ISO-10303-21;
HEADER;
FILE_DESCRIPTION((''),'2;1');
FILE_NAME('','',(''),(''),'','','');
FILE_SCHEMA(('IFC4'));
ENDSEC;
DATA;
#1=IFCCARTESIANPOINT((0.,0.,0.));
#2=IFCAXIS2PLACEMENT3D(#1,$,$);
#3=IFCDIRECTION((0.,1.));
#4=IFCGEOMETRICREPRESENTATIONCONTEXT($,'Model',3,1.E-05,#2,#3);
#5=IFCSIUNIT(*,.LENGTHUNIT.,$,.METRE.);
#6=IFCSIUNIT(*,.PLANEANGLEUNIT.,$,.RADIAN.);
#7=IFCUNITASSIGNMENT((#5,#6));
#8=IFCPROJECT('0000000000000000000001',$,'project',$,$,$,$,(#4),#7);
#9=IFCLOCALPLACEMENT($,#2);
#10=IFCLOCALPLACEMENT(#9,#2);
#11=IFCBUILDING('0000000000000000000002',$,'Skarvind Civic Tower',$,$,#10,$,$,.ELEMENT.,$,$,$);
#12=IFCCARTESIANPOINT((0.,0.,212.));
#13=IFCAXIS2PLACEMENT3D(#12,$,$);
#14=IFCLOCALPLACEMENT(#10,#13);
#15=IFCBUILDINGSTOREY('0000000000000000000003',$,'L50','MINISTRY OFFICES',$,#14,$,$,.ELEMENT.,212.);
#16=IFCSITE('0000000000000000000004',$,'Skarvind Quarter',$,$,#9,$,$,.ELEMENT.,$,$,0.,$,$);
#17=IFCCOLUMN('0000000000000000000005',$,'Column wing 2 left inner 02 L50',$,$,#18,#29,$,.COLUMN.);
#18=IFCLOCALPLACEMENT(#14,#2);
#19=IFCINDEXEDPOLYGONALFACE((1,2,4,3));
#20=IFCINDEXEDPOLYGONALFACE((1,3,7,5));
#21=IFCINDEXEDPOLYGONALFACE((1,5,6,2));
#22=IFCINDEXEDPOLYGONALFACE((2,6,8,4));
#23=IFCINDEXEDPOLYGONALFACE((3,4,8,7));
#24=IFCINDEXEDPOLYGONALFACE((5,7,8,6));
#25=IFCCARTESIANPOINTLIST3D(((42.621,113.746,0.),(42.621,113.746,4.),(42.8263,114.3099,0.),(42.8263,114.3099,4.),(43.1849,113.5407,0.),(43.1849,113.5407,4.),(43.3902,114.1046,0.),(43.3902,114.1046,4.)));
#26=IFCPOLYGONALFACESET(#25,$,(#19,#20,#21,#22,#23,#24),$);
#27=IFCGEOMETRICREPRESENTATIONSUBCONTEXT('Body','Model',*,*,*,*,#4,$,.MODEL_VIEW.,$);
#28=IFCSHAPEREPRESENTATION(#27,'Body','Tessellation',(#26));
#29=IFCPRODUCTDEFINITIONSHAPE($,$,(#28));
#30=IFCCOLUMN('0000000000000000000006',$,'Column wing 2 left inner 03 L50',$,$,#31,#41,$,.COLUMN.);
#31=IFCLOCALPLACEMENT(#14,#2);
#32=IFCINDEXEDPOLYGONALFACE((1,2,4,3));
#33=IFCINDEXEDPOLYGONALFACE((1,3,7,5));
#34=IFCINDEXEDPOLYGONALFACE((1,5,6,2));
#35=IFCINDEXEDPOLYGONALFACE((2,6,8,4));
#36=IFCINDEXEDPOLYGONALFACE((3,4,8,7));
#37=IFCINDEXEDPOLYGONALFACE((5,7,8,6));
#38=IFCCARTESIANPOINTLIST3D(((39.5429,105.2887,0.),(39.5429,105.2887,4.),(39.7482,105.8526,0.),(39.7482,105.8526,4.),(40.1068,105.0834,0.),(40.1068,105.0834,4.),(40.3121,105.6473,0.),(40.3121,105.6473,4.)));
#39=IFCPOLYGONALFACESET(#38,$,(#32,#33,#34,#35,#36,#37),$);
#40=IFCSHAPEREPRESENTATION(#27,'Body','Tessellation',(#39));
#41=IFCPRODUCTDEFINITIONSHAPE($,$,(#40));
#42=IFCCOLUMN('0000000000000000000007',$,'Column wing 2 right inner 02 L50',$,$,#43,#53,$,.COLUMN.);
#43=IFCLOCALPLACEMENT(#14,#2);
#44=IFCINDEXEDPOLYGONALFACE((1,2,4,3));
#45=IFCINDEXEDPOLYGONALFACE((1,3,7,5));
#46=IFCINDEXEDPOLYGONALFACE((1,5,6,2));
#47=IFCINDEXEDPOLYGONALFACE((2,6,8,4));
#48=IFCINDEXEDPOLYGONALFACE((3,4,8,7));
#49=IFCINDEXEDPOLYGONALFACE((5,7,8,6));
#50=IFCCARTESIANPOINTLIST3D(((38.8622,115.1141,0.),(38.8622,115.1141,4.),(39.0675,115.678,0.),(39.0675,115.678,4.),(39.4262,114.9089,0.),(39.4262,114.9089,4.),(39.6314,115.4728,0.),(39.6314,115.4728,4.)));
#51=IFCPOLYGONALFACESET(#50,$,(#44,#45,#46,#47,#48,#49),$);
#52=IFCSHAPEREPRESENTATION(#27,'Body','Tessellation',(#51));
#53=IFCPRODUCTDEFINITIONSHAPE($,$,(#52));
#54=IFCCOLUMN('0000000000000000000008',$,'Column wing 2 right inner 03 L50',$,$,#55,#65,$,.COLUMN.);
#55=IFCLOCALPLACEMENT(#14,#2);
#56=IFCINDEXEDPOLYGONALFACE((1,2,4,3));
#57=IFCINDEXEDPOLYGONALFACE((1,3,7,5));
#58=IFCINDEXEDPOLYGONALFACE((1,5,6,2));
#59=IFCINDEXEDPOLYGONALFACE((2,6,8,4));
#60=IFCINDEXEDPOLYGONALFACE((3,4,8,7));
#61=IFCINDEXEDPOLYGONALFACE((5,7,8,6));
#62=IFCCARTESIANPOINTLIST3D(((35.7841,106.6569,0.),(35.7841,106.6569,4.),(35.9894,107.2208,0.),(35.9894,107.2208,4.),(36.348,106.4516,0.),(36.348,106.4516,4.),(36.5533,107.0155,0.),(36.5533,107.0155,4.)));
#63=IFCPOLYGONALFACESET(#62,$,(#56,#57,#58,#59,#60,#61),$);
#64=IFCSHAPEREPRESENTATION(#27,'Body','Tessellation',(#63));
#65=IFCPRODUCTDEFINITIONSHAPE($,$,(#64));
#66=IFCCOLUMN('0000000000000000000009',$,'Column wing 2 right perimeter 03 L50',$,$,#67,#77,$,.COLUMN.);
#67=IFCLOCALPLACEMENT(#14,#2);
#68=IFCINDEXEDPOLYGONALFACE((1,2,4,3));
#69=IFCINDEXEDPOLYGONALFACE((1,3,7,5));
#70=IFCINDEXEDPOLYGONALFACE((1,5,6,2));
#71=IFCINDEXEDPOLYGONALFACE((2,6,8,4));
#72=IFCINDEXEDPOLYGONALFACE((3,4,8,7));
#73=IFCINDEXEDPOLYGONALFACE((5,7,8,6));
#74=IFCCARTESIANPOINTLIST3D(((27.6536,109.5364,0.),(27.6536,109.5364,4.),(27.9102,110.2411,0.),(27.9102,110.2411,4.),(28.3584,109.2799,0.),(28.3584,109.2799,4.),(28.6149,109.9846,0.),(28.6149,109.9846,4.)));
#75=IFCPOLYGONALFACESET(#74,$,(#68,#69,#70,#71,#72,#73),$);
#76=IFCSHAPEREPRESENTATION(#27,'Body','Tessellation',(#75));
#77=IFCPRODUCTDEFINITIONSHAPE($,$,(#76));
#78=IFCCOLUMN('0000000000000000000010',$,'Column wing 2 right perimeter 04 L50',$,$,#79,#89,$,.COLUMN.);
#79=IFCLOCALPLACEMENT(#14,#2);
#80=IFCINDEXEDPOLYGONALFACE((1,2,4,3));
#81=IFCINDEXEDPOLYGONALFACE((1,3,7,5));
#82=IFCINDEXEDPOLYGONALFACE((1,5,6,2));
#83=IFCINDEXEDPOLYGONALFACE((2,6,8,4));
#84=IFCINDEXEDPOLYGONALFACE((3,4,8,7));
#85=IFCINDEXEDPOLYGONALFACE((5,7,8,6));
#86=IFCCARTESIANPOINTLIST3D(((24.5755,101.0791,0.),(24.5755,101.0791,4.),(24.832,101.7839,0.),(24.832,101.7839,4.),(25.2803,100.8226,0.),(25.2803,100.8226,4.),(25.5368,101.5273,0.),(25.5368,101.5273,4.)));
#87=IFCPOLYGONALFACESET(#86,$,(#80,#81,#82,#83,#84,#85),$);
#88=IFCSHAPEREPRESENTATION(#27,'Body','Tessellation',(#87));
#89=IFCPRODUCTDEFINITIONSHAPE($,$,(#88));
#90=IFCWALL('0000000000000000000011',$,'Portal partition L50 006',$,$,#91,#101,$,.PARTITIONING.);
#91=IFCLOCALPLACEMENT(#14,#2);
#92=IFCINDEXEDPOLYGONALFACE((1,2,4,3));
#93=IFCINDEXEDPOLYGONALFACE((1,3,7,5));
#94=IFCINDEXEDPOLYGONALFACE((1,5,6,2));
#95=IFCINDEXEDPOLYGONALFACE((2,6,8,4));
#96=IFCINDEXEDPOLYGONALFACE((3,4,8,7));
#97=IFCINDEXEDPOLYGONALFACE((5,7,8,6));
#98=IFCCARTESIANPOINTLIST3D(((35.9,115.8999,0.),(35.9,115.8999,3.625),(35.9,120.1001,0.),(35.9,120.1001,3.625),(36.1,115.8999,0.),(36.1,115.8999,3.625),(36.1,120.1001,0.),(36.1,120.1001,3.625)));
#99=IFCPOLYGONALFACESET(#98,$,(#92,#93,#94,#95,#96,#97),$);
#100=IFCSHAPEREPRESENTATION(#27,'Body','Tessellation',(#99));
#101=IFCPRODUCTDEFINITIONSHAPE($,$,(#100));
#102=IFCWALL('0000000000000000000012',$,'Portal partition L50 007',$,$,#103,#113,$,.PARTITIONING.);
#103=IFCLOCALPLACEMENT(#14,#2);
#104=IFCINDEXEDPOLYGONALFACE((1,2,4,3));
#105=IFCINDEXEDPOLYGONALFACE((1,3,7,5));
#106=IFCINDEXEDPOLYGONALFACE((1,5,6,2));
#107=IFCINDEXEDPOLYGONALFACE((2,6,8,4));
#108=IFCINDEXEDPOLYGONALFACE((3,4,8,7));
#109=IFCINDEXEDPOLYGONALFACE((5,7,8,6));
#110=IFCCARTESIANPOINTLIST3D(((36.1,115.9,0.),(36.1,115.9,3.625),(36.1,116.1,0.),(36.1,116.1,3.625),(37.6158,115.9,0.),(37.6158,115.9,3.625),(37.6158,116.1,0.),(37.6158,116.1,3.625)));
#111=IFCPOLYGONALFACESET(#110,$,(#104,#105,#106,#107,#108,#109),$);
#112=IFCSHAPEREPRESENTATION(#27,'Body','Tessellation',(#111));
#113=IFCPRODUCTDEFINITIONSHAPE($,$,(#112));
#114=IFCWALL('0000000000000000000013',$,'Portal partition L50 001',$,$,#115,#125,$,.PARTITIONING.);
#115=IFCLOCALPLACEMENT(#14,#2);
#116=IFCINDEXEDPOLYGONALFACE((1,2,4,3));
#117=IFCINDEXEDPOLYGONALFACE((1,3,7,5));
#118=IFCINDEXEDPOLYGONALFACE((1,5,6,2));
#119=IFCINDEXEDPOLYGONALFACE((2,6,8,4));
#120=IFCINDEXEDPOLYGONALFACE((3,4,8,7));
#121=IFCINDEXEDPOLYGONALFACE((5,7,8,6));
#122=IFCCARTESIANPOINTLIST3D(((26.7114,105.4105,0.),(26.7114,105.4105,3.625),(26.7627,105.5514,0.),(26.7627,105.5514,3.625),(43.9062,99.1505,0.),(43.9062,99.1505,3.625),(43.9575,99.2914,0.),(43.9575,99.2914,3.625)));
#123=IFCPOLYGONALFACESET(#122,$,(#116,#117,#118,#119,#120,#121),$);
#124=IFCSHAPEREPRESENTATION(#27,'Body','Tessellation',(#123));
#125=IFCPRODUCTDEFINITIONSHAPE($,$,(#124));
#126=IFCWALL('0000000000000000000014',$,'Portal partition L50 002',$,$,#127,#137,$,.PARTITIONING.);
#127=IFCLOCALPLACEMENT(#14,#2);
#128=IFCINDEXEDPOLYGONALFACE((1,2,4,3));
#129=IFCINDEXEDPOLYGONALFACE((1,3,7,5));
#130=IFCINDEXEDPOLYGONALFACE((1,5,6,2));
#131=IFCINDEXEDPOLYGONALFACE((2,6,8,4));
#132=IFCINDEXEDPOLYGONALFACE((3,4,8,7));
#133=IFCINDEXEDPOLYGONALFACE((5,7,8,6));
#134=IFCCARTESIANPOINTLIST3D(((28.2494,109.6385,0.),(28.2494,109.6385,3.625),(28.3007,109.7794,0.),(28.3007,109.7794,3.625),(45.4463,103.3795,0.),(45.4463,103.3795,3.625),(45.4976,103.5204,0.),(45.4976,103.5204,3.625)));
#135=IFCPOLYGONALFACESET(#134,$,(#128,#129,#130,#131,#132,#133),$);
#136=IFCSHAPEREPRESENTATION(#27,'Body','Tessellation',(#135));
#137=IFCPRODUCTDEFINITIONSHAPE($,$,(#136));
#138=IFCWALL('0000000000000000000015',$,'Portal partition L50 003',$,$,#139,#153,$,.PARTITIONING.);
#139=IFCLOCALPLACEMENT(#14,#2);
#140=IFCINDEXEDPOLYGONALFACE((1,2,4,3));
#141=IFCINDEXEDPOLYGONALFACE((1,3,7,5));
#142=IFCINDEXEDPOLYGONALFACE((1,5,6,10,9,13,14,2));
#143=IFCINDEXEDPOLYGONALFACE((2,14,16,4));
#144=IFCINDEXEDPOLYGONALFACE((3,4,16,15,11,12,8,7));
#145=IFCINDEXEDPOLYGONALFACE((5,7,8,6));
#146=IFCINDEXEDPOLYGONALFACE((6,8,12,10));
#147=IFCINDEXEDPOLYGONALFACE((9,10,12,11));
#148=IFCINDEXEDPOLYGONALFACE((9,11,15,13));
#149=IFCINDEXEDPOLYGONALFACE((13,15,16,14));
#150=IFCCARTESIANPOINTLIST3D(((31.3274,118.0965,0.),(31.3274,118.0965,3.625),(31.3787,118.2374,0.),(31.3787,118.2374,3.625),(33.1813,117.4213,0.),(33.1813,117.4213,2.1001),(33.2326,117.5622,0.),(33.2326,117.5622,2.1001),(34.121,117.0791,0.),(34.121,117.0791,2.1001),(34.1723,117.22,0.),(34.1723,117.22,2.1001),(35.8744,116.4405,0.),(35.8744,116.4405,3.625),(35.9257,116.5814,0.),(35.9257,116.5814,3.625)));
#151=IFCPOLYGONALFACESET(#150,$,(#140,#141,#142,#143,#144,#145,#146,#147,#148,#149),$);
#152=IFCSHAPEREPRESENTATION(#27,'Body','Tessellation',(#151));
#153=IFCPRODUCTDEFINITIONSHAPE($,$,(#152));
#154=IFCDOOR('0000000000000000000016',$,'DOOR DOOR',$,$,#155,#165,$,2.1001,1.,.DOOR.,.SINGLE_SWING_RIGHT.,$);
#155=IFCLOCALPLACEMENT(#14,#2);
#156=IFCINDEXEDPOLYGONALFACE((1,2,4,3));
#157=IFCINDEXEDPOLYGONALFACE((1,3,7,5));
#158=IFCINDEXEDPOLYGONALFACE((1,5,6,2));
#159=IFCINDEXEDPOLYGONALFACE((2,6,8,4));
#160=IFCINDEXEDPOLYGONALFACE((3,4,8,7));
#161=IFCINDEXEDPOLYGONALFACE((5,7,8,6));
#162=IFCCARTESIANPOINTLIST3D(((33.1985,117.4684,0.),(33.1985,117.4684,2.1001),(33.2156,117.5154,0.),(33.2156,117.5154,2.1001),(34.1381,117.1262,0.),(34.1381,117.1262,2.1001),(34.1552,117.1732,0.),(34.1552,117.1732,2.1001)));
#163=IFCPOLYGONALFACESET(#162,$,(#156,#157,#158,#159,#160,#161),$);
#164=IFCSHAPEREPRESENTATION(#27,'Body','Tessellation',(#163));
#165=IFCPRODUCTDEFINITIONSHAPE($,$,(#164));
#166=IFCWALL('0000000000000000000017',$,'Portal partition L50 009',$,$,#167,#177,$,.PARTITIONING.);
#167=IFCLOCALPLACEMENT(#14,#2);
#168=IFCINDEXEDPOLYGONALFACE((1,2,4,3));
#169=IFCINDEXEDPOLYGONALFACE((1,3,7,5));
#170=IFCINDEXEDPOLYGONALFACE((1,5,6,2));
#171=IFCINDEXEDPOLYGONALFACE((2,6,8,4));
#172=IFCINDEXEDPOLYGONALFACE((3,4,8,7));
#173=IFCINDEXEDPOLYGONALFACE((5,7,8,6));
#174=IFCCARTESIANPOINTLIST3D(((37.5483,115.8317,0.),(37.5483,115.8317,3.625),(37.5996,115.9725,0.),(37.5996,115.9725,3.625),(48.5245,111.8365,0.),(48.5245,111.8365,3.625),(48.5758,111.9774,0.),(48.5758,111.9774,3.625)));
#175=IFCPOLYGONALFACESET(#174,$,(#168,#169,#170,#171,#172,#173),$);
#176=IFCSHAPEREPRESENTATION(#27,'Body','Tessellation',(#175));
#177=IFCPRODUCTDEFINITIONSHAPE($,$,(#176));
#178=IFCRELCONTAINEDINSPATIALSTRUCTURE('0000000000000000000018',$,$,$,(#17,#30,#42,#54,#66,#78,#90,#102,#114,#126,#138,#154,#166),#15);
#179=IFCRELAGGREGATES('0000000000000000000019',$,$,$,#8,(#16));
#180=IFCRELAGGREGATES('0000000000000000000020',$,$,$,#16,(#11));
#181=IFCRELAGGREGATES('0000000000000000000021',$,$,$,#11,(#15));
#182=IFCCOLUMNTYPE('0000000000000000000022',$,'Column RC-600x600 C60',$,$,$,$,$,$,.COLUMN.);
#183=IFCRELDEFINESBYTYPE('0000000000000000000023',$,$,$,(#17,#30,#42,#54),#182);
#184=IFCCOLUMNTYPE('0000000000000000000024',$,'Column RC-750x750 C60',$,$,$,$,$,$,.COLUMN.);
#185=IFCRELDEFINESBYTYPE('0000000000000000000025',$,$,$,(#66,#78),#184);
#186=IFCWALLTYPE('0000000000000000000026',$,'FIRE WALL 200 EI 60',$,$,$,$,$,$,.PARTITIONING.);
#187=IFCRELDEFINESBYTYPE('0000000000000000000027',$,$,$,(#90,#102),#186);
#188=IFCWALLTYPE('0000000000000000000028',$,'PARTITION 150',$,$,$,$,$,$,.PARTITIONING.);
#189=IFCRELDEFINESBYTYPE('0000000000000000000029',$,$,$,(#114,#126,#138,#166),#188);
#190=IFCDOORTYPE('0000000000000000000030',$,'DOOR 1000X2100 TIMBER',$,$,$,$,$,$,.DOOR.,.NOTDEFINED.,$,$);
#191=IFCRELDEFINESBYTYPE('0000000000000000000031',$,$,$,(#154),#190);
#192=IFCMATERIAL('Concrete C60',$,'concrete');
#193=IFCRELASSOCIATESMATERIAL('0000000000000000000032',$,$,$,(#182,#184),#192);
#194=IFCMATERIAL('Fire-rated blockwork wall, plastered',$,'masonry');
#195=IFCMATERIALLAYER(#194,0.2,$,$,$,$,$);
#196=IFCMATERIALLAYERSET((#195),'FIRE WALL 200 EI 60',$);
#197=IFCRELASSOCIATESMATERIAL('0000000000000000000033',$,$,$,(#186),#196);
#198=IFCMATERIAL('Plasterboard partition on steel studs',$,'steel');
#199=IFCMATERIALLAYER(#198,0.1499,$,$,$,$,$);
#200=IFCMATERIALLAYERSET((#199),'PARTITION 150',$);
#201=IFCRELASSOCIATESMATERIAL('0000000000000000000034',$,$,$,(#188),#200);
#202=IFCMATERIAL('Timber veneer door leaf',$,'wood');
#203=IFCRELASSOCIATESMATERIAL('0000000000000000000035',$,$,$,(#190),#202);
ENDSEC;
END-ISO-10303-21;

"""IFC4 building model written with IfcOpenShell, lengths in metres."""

from ifc_helpers import new_model, si_unit, direction, frame, frame_2d, origin, origin_2d, place, context, subcontext, project, spatial, rectangle, extrude, material, layer, layer_set, material_profile, profile_set, type_object, element, fill, save


model = new_model("IFC4")

# Units and contexts
model_context = context("Model", 3, precision=1e-05, world=origin(), true_north=direction((0.0, 1.0)))
body_context = subcontext(model_context, "Body", "Model", "MODEL_VIEW")
ifc_project = project(units=[si_unit("LENGTHUNIT", "METRE"), si_unit("PLANEANGLEUNIT", "RADIAN")], contexts=[model_context])

# Site, building, storey
site_placement = place(None, origin())
site = spatial("IfcSite", under=ifc_project, at=site_placement, Name="Skarvind Quarter", CompositionType="ELEMENT", RefElevation=0.0)
building_placement = place(site_placement, origin())
building = spatial("IfcBuilding", under=site, at=building_placement, Name="Skarvind Civic Tower", CompositionType="ELEMENT")
storey_placement = place(building_placement, frame((0.0, 0.0, 212.0)))
storey = spatial("IfcBuildingStorey", under=building, at=storey_placement, Name="L50", Description="MINISTRY OFFICES", CompositionType="ELEMENT", Elevation=212.0)

# Columns
ifc_material_1 = material(Name="Concrete C60", Category="concrete")
ifc_material_profile_1 = material_profile(ifc_material_1, rectangle(XDim=0.6001, YDim=0.6001, at=origin_2d()), Name="RC-600x600")
ifc_profile_set_1 = profile_set([ifc_material_profile_1], Name="Concrete C60")
column_type_1 = type_object("IfcColumnType", Name="Column RC-600x600 C60", PredefinedType="COLUMN", material=ifc_profile_set_1)
for number, where, z_axis, x_axis, name in (
    (1, (43.0056, 113.9253, 0.0), (0.0, 0.0, 1.0), (-0.34202, -0.939693, 0.0), "Column wing 2 left inner 02 L50"),
    (2, (39.9275, 105.468, 0.0), (0.0, 0.0, 1.0), (-0.34202, -0.939693, 0.0), "Column wing 2 left inner 03 L50"),
    (3, (39.2468, 115.2935, 0.0), (0.0, 0.0, 1.0), (-0.34202, -0.939693, 0.0), "Column wing 2 right inner 02 L50"),
    (4, (36.1687, 106.8362, 0.0), (0.0, 0.0, 1.0), (-0.34202, -0.939693, 0.0), "Column wing 2 right inner 03 L50"),
):
    element("IfcColumn", number, at=place(storey_placement, frame(where, z_axis=z_axis, x_axis=x_axis)), inside=storey, type_object=column_type_1, Name=name, PredefinedType="COLUMN", context=body_context, shape_type="SweptSolid", body=[
        extrude(rectangle(XDim=0.6001, YDim=0.6001, at=origin_2d()), origin(), (0.0, 0.0, 1.0), 4.0),
    ])
ifc_material_profile_2 = material_profile(ifc_material_1, rectangle(XDim=0.75, YDim=0.75, at=origin_2d()), Name="RC-750x750")
ifc_profile_set_2 = profile_set([ifc_material_profile_2], Name="Concrete C60")
column_type_2 = type_object("IfcColumnType", Name="Column RC-750x750 C60", PredefinedType="COLUMN", material=ifc_profile_set_2)
for number, where, z_axis, x_axis, name in (
    (5, (28.1343, 109.7605, 0.0), (0.0, 0.0, 1.0), (-0.34202, -0.939693, 0.0), "Column wing 2 right perimeter 03 L50"),
    (6, (25.0562, 101.3032, 0.0), (0.0, 0.0, 1.0), (-0.34202, -0.939693, 0.0), "Column wing 2 right perimeter 04 L50"),
):
    element("IfcColumn", number, at=place(storey_placement, frame(where, z_axis=z_axis, x_axis=x_axis)), inside=storey, type_object=column_type_2, Name=name, PredefinedType="COLUMN", context=body_context, shape_type="SweptSolid", body=[
        extrude(rectangle(XDim=0.75, YDim=0.75, at=origin_2d()), origin(), (0.0, 0.0, 1.0), 4.0),
    ])

# Walls
ifc_material_2 = material(Name="Fire-rated blockwork wall, plastered", Category="masonry")
ifc_layer_1 = layer(ifc_material_2, 0.2)
ifc_layer_set_1 = layer_set([ifc_layer_1], Name="FIRE WALL 200 EI 60")
wall_type_1 = type_object("IfcWallType", Name="FIRE WALL 200 EI 60", PredefinedType="PARTITIONING", material=ifc_layer_set_1)
wall_1_placement = place(storey_placement, frame((36.0, 115.8999, 0.0), z_axis=(0.0, 0.0, 1.0), x_axis=(0.0, 1.0, 0.0)))
element("IfcWall", 7, at=wall_1_placement, inside=storey, type_object=wall_type_1, Name="Portal partition L50 006", PredefinedType="PARTITIONING", context=body_context, shape_type="SweptSolid", body=[
    extrude(rectangle(XDim=4.2002, YDim=0.2, at=frame_2d((2.1001, 0.0))), origin(), (0.0, 0.0, 1.0), 3.625),
])
wall_2_placement = place(storey_placement, frame((36.1001, 116.0, 0.0), z_axis=(0.0, 0.0, 1.0), x_axis=(1.0, 0.0, 0.0)))
element("IfcWall", 8, at=wall_2_placement, inside=storey, type_object=wall_type_1, Name="Portal partition L50 007", PredefinedType="PARTITIONING", context=body_context, shape_type="SweptSolid", body=[
    extrude(rectangle(XDim=1.5159, YDim=0.2, at=frame_2d((0.7578, 0.0))), origin(), (0.0, 0.0, 1.0), 3.625),
])
ifc_material_3 = material(Name="Plasterboard partition on steel studs", Category="steel")
ifc_layer_2 = layer(ifc_material_3, 0.1499)
ifc_layer_set_2 = layer_set([ifc_layer_2], Name="PARTITION 150")
wall_type_2 = type_object("IfcWallType", Name="PARTITION 150", PredefinedType="PARTITIONING", material=ifc_layer_set_2)
wall_3_placement = place(storey_placement, frame((26.7371, 105.481, 0.0), z_axis=(0.0, 0.0, 1.0), x_axis=(0.939664, -0.342098, 0.0)))
element("IfcWall", 9, at=wall_3_placement, inside=storey, type_object=wall_type_2, Name="Portal partition L50 001", PredefinedType="PARTITIONING", context=body_context, shape_type="SweptSolid", body=[
    extrude(rectangle(XDim=18.2988, YDim=0.1499, at=frame_2d((9.1494, 0.0))), origin(), (0.0, 0.0, 1.0), 3.625),
])
wall_4_placement = place(storey_placement, frame((28.2749, 109.709, 0.0), z_axis=(0.0, 0.0, 1.0), x_axis=(0.939696, -0.342012, 0.0)))
element("IfcWall", 10, at=wall_4_placement, inside=storey, type_object=wall_type_2, Name="Portal partition L50 002", PredefinedType="PARTITIONING", context=body_context, shape_type="SweptSolid", body=[
    extrude(rectangle(XDim=18.3005, YDim=0.1499, at=frame_2d((9.1504, 0.0))), origin(), (0.0, 0.0, 1.0), 3.625),
])

# Wall, opening, door
wall_5_placement = place(storey_placement, frame((35.8999, 116.511, 0.0), z_axis=(0.0, 0.0, 1.0), x_axis=(-0.939621, 0.342217, 0.0)))
wall_5 = element("IfcWall", 11, at=wall_5_placement, inside=storey, type_object=wall_type_2, Name="Portal partition L50 003", PredefinedType="PARTITIONING", context=body_context, shape_type="SweptSolid", body=[
    extrude(rectangle(XDim=4.8391, YDim=0.1499, at=frame_2d((2.4194, 0.0))), origin(), (0.0, 0.0, 1.0), 3.625),
])
opening_placement = place(wall_5_placement, frame((1.866, 0.0, 0.0)))
opening = element("IfcOpeningElement", 12, at=opening_placement, cuts=wall_5, PredefinedType="OPENING", context=body_context, shape_type="SweptSolid", body=[
    extrude(rectangle(XDim=1.0, YDim=2.1001, at=frame_2d((0.5, 1.05))), frame((0.0, 0.085, 0.0), z_axis=(0.0, -1.0, 0.0), x_axis=(1.0, 0.0, 0.0)), (0.0, 0.0, 1.0), 0.1699),
])
ifc_material_4 = material(Name="Timber veneer door leaf", Category="wood")
door_type = type_object("IfcDoorType", Name="DOOR 1000X2100 TIMBER", OperationType="NOTDEFINED", PredefinedType="DOOR", material=ifc_material_4)
door_placement = place(opening_placement, origin())
door = element("IfcDoor", 13, at=door_placement, inside=storey, type_object=door_type, Name="DOOR DOOR", OperationType="SINGLE_SWING_RIGHT", OverallHeight=2.1001, OverallWidth=1.0, PredefinedType="DOOR", context=body_context, shape_type="SweptSolid", body=[
    extrude(rectangle(XDim=1.0, YDim=2.1001, at=frame_2d((0.5, 1.05))), frame((0.0, 0.0249, 0.0), z_axis=(0.0, -1.0, 0.0), x_axis=(1.0, 0.0, 0.0)), (0.0, 0.0, 1.0), 0.05),
])
fill(opening, door)

# Wall
wall_6_placement = place(storey_placement, frame((37.574, 115.9021, 0.0), z_axis=(0.0, 0.0, 1.0), x_axis=(0.939688, -0.342032, 0.0)))
element("IfcWall", 14, at=wall_6_placement, inside=storey, type_object=wall_type_2, Name="Portal partition L50 009", PredefinedType="PARTITIONING", context=body_context, shape_type="SweptSolid", body=[
    extrude(rectangle(XDim=11.6807, YDim=0.1499, at=frame_2d((5.8403, 0.0))), origin(), (0.0, 0.0, 1.0), 3.625),
])

save(model, "model.ifc")
